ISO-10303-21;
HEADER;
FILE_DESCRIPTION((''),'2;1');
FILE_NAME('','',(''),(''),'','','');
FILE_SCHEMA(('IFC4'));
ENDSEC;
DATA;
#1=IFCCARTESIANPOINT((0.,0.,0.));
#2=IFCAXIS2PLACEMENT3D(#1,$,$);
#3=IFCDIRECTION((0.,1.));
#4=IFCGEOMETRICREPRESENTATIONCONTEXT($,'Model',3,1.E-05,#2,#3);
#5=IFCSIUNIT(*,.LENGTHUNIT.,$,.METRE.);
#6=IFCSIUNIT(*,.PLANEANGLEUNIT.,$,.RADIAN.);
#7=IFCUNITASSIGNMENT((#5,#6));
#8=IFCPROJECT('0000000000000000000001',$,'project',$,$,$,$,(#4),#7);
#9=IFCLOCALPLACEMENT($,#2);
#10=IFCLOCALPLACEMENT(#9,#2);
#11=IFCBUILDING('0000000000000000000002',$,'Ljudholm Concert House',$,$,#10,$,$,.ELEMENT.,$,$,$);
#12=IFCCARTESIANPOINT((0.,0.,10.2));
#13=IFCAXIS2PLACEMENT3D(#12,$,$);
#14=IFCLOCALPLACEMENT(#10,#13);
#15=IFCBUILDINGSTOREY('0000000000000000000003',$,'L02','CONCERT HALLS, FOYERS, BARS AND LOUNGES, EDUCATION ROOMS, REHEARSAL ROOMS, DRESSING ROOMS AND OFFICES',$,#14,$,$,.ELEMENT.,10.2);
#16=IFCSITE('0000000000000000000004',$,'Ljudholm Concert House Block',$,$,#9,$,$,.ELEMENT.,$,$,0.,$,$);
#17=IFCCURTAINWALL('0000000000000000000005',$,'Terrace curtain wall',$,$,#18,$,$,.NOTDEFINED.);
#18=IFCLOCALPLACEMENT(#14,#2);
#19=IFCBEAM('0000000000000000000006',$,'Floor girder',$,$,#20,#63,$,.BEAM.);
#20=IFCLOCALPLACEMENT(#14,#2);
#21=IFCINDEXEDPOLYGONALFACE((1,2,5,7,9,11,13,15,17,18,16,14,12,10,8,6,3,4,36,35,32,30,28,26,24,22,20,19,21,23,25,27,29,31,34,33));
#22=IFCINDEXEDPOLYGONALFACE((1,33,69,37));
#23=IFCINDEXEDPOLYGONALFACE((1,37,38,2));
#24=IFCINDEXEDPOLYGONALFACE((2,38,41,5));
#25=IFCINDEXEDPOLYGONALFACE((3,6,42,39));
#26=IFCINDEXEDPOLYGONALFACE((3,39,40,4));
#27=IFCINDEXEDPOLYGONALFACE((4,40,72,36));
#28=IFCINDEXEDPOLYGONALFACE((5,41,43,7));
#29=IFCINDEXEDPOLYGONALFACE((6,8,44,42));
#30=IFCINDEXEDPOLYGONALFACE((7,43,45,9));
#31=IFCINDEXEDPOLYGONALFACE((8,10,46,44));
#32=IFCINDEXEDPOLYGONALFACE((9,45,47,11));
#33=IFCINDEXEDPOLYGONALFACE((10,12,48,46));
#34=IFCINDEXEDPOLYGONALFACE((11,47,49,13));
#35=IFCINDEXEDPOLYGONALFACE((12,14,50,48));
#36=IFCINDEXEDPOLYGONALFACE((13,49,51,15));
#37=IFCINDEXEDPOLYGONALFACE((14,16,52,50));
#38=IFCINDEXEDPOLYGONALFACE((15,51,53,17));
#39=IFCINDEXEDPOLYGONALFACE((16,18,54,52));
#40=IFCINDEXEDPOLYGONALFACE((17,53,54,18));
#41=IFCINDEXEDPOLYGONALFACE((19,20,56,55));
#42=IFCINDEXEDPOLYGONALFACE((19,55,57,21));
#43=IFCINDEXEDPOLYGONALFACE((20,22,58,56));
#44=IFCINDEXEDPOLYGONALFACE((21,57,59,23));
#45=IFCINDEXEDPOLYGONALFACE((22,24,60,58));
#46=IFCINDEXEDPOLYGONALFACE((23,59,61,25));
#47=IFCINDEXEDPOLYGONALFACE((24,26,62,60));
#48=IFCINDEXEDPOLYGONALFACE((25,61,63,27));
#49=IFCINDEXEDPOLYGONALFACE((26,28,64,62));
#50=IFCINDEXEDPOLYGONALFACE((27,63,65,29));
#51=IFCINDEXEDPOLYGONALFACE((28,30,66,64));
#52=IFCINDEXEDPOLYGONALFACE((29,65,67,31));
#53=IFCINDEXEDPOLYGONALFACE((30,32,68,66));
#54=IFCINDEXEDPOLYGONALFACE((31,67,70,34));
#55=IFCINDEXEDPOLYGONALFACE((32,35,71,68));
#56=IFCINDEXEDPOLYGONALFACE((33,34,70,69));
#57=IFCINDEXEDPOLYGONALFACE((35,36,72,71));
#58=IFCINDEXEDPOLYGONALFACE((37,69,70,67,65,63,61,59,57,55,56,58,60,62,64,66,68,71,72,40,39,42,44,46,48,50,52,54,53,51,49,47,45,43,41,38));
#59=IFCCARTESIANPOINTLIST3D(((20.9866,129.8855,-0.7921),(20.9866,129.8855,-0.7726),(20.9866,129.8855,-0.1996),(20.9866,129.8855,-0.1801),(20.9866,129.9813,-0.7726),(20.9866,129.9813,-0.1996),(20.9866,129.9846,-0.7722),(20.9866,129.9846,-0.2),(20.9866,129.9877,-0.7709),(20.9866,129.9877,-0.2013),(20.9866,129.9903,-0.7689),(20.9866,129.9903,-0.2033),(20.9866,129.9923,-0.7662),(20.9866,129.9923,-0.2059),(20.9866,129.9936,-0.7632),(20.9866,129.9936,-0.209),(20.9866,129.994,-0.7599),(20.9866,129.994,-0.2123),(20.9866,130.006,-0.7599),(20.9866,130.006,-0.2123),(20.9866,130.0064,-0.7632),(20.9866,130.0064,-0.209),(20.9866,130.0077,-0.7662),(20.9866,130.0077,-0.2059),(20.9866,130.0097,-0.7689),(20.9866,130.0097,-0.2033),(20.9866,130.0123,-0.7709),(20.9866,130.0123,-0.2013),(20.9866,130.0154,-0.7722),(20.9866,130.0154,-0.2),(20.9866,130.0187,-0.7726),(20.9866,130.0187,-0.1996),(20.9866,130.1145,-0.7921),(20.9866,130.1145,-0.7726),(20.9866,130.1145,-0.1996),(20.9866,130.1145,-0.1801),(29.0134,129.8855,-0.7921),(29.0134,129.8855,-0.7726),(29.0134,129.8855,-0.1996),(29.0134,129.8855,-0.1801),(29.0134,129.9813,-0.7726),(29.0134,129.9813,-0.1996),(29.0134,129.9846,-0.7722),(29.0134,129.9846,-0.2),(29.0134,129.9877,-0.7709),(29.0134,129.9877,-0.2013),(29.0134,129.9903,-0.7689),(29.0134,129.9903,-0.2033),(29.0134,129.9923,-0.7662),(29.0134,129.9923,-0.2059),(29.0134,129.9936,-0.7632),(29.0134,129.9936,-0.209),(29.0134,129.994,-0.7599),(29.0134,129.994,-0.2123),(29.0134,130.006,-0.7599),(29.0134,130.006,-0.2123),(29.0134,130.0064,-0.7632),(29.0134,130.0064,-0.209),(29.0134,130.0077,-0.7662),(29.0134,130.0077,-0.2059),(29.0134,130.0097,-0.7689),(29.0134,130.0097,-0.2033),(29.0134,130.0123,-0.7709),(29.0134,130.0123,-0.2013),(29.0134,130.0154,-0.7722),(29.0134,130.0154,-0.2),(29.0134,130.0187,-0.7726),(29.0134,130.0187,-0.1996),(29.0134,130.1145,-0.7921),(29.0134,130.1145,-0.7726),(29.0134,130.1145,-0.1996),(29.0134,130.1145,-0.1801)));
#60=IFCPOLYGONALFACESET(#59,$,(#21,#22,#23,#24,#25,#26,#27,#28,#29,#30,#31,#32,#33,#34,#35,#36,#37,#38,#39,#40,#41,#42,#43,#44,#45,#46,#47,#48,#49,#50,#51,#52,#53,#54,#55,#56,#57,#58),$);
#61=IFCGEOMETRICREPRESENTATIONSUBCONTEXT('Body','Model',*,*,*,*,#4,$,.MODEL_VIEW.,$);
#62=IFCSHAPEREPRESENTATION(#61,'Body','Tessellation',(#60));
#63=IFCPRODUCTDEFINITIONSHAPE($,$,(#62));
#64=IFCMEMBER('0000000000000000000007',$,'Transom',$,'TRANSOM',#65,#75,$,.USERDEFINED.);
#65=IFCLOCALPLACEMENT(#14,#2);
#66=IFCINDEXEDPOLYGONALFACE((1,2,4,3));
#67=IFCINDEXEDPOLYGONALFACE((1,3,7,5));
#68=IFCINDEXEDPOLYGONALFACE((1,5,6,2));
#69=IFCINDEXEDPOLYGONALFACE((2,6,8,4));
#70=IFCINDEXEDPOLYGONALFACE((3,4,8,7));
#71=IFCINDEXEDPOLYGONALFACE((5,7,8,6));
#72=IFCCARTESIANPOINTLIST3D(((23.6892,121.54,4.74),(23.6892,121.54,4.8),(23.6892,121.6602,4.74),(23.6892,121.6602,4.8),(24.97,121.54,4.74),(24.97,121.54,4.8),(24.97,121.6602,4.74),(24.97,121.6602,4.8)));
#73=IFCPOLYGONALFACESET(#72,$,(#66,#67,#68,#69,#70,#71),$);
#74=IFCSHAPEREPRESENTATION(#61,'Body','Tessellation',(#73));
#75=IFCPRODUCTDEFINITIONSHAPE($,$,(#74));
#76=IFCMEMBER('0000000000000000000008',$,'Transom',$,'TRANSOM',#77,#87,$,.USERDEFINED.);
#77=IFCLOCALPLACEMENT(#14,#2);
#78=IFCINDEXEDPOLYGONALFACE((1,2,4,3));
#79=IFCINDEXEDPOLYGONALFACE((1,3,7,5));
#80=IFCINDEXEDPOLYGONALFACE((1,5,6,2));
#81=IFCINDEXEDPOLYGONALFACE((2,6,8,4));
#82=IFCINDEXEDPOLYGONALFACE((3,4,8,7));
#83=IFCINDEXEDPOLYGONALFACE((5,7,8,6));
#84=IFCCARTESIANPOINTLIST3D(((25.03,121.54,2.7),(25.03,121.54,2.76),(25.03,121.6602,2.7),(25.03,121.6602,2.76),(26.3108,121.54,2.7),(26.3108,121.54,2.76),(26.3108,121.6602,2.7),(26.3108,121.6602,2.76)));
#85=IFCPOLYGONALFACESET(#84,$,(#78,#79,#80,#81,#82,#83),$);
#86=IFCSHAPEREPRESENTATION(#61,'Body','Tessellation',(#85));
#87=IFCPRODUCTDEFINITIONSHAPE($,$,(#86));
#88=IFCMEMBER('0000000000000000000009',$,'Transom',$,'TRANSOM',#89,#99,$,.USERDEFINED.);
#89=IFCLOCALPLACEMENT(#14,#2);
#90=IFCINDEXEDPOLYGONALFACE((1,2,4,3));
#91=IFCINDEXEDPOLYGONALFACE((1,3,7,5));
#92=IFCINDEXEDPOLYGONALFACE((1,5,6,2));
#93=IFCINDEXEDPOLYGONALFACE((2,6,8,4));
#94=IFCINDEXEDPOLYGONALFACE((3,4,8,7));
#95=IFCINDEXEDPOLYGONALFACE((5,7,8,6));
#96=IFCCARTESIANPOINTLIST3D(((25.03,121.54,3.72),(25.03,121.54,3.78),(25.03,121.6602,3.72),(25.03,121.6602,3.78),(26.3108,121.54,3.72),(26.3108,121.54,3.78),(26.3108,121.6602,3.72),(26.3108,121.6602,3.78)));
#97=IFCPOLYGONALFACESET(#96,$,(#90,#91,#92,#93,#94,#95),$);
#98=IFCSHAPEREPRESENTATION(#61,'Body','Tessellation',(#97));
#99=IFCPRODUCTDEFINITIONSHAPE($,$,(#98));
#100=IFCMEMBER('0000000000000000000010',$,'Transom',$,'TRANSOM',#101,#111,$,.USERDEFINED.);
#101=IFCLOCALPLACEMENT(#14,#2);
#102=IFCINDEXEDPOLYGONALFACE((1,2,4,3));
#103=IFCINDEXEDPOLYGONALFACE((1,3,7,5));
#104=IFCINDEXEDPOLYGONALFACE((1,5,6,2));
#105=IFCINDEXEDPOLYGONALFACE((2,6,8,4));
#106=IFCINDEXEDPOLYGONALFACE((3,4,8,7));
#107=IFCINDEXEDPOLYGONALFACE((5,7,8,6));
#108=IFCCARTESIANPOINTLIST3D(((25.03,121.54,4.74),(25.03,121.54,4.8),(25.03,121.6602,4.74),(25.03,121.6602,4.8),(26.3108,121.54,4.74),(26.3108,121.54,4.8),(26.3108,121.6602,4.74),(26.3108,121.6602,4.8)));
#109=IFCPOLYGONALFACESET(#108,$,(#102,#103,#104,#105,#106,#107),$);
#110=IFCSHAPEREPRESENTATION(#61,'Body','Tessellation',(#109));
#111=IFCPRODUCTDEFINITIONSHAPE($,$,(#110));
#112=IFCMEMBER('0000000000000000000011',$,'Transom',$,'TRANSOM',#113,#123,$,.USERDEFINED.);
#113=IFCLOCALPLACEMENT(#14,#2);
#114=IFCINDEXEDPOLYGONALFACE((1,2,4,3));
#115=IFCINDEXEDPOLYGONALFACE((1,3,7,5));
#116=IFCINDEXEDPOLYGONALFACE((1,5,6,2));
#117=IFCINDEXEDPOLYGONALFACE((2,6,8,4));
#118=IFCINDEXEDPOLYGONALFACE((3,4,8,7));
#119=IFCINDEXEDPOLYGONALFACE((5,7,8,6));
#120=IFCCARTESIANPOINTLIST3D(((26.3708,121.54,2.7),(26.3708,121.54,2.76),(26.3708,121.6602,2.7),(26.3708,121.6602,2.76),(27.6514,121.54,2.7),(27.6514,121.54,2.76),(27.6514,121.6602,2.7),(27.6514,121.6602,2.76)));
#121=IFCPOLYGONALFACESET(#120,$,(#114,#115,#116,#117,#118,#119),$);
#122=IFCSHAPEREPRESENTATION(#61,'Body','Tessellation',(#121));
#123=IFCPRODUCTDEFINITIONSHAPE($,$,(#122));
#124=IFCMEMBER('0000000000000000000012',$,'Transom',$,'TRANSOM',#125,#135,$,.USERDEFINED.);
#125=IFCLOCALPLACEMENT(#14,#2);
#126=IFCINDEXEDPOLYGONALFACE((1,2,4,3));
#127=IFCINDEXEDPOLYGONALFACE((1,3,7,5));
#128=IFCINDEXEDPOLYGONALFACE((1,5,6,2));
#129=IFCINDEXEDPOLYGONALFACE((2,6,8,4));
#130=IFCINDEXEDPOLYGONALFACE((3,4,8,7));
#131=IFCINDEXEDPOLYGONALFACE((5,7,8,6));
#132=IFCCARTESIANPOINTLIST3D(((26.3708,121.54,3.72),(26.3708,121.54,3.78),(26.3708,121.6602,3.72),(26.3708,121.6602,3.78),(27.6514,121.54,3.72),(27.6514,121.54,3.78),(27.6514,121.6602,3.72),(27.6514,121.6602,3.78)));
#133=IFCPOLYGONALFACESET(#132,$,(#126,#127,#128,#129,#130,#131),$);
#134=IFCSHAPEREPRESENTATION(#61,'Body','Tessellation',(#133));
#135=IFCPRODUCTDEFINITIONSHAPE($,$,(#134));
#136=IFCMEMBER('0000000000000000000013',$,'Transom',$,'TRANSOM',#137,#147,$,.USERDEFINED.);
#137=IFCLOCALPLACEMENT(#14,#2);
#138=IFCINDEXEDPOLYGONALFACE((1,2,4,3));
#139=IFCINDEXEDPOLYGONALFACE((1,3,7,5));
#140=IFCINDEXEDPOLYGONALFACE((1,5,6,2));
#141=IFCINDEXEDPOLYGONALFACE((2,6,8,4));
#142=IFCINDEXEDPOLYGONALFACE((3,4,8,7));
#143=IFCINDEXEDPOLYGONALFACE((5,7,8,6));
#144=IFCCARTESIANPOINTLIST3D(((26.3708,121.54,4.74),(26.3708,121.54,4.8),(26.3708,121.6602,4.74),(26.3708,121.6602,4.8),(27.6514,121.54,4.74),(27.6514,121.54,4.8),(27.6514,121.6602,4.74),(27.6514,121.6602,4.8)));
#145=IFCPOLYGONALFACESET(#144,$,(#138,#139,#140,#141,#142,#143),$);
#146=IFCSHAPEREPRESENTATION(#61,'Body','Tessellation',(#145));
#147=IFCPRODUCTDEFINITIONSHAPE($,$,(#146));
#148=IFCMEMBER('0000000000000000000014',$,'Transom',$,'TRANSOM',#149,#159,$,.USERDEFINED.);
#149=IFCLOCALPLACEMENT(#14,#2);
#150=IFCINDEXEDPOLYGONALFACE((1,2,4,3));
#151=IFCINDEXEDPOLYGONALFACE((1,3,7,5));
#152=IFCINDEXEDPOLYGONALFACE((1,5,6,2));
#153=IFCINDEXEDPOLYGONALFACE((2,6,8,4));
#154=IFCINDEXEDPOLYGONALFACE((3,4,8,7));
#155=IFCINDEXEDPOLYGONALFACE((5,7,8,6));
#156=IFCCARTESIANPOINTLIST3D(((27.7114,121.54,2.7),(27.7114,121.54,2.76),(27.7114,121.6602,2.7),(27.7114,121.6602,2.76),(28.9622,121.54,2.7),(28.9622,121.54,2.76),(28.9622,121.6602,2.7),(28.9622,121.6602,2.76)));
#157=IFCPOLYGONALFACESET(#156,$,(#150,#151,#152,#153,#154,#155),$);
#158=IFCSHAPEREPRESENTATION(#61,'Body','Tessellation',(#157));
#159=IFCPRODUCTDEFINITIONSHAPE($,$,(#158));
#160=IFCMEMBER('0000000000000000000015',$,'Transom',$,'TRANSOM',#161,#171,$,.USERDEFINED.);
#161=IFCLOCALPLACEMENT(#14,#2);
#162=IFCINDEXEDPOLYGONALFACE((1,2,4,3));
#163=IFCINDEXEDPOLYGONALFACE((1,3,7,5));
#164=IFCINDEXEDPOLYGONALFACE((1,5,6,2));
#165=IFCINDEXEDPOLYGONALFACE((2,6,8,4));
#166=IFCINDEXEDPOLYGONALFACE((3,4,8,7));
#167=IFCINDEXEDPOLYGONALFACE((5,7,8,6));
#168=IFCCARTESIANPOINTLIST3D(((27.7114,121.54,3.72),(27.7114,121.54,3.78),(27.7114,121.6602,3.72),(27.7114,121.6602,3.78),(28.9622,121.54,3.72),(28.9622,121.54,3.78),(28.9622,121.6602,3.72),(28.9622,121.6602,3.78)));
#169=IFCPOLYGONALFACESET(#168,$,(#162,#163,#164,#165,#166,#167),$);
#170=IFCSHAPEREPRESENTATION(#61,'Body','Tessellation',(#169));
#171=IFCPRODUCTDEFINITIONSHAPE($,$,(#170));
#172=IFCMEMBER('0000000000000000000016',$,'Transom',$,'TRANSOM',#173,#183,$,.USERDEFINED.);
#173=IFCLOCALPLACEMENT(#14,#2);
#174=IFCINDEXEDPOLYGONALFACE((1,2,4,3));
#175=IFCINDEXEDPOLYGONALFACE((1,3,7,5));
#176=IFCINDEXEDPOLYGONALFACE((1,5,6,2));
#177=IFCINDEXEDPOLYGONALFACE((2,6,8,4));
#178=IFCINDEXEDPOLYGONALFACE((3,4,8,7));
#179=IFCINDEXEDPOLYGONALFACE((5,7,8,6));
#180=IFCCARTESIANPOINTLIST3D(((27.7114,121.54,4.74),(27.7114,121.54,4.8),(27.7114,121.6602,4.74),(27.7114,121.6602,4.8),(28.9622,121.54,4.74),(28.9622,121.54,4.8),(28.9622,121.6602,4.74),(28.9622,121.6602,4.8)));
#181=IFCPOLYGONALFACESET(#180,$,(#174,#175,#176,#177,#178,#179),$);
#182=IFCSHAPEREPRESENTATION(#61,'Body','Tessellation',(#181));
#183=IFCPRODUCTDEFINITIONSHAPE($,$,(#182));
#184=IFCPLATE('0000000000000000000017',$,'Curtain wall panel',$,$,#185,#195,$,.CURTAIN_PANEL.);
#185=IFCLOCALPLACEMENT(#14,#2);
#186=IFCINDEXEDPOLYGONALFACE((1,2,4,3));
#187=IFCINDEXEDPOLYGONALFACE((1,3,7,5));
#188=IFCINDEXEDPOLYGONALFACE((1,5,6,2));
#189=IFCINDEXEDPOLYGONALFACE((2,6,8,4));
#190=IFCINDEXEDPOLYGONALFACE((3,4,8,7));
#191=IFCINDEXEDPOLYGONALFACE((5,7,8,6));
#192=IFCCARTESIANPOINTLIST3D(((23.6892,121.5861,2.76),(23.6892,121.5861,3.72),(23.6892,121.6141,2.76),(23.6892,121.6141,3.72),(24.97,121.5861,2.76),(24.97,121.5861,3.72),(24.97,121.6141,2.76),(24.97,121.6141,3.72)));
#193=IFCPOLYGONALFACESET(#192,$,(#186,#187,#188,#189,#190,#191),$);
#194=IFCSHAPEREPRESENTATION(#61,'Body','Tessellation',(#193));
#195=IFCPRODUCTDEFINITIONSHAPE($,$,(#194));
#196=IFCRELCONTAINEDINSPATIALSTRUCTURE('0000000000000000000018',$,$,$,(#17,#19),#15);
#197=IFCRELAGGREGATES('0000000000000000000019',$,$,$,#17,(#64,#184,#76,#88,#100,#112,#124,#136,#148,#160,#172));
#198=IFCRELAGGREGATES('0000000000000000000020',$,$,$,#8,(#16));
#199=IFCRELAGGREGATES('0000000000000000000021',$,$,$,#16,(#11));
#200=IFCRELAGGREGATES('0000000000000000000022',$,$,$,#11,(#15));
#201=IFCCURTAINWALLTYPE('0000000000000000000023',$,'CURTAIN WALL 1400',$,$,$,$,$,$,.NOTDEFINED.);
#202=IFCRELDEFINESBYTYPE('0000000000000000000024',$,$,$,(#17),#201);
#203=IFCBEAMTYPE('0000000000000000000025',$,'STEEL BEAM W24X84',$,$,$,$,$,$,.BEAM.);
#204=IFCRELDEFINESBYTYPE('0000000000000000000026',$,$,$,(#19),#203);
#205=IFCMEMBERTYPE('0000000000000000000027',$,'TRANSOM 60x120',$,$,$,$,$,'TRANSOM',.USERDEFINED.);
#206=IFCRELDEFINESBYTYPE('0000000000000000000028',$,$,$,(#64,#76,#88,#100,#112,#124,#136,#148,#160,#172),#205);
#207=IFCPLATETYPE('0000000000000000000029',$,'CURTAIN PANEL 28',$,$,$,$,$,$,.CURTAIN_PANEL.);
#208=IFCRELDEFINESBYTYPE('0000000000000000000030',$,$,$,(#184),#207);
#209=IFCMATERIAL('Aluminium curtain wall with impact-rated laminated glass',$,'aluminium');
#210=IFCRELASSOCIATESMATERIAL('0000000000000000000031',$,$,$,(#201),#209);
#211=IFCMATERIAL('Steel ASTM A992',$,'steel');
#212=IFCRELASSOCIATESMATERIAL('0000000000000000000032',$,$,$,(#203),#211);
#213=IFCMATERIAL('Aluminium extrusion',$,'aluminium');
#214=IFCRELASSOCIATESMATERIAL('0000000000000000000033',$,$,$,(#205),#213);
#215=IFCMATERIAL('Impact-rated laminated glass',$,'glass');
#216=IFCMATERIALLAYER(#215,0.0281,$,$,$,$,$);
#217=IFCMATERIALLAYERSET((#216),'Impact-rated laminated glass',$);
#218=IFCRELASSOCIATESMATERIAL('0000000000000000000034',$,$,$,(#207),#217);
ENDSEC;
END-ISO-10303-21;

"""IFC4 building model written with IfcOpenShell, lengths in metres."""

from ifc_helpers import new_model, si_unit, direction, frame, origin, origin_2d, place, context, subcontext, project, spatial, rectangle, i_section, extrude, material, layer, layer_set, material_profile, profile_set, type_object, element, aggregate, save


model = new_model("IFC4")

# Units and contexts
model_context = context("Model", 3, precision=1e-05, world=origin(), true_north=direction((0.0, 1.0)))
body_context = subcontext(model_context, "Body", "Model", "MODEL_VIEW")
ifc_project = project(units=[si_unit("LENGTHUNIT", "METRE"), si_unit("PLANEANGLEUNIT", "RADIAN")], contexts=[model_context])

# Site, building, storey
site_placement = place(None, origin())
site = spatial("IfcSite", under=ifc_project, at=site_placement, Name="Ljudholm Concert House Block", CompositionType="ELEMENT", RefElevation=0.0)
building_placement = place(site_placement, origin())
building = spatial("IfcBuilding", under=site, at=building_placement, Name="Ljudholm Concert House", CompositionType="ELEMENT")
storey_placement = place(building_placement, frame((0.0, 0.0, 10.2)))
storey = spatial("IfcBuildingStorey", under=building, at=storey_placement, Name="L02", Description="CONCERT HALLS, FOYERS, BARS AND LOUNGES, EDUCATION ROOMS, REHEARSAL ROOMS, DRESSING ROOMS AND OFFICES", CompositionType="ELEMENT", Elevation=10.2)

# Curtain wall
ifc_material_1 = material(Name="Aluminium curtain wall with impact-rated laminated glass", Category="aluminium")
curtain_wall_type = type_object("IfcCurtainWallType", Name="CURTAIN WALL 1400", PredefinedType="NOTDEFINED", material=ifc_material_1)
curtain_wall_placement = place(storey_placement, origin())
curtain_wall = element("IfcCurtainWall", 1, at=curtain_wall_placement, inside=storey, type_object=curtain_wall_type, Name="Terrace curtain wall", PredefinedType="NOTDEFINED")

# Beam
ifc_material_2 = material(Name="Steel ASTM A992", Category="steel")
ifc_material_profile_1 = material_profile(ifc_material_2, i_section(OverallWidth=0.229, OverallDepth=0.6121, WebThickness=0.012, FlangeThickness=0.0195, FilletRadius=0.0127, at=origin_2d()), Name="W24X84")
ifc_profile_set_1 = profile_set([ifc_material_profile_1], Name="Steel ASTM A992")
beam_type_1 = type_object("IfcBeamType", Name="STEEL BEAM W24X84", PredefinedType="BEAM", material=ifc_profile_set_1)
beam_1_placement = place(storey_placement, frame((20.9866, 130.0, -0.4861), z_axis=(1.0, 0.0, 0.0), x_axis=(0.0, 1.0, 0.0)))
element("IfcBeam", 2, at=beam_1_placement, inside=storey, type_object=beam_type_1, Name="Floor girder", PredefinedType="BEAM", context=body_context, shape_type="SweptSolid", body=[
    extrude(i_section(OverallWidth=0.229, OverallDepth=0.6121, WebThickness=0.012, FlangeThickness=0.0195, FilletRadius=0.0127, at=origin_2d()), origin(), (0.0, 0.0, 1.0), 8.0269),
])

# Members
ifc_material_3 = material(Name="Aluminium extrusion", Category="aluminium")
ifc_material_profile_2 = material_profile(ifc_material_3, rectangle(XDim=0.1201, YDim=0.0601, at=origin_2d()), Name="TRANSOM 60x120")
ifc_profile_set_2 = profile_set([ifc_material_profile_2], Name="Aluminium extrusion")
member_type_1 = type_object("IfcMemberType", Name="TRANSOM 60x120", ElementType="TRANSOM", PredefinedType="USERDEFINED", material=ifc_profile_set_2)
member_1_placement = place(storey_placement, frame((23.6892, 121.6001, 4.77), z_axis=(1.0, 0.0, 0.0), x_axis=(0.0, 1.0, 0.0)))
member_1 = element("IfcMember", 3, at=member_1_placement, type_object=member_type_1, Name="Transom", ObjectType="TRANSOM", PredefinedType="USERDEFINED", context=body_context, shape_type="SweptSolid", body=[
    extrude(rectangle(XDim=0.1201, YDim=0.0601, at=origin_2d()), origin(), (0.0, 0.0, 1.0), 1.2808),
])
member_2_placement = place(storey_placement, frame((25.03, 121.6001, 2.73), z_axis=(1.0, 0.0, 0.0), x_axis=(0.0, 1.0, 0.0)))
member_2 = element("IfcMember", 4, at=member_2_placement, type_object=member_type_1, Name="Transom", ObjectType="TRANSOM", PredefinedType="USERDEFINED", context=body_context, shape_type="SweptSolid", body=[
    extrude(rectangle(XDim=0.1201, YDim=0.0601, at=origin_2d()), origin(), (0.0, 0.0, 1.0), 1.2808),
])
member_3_placement = place(storey_placement, frame((25.03, 121.6001, 3.75), z_axis=(1.0, 0.0, 0.0), x_axis=(0.0, 1.0, 0.0)))
member_3 = element("IfcMember", 5, at=member_3_placement, type_object=member_type_1, Name="Transom", ObjectType="TRANSOM", PredefinedType="USERDEFINED", context=body_context, shape_type="SweptSolid", body=[
    extrude(rectangle(XDim=0.1201, YDim=0.0601, at=origin_2d()), origin(), (0.0, 0.0, 1.0), 1.2808),
])
member_4_placement = place(storey_placement, frame((25.03, 121.6001, 4.77), z_axis=(1.0, 0.0, 0.0), x_axis=(0.0, 1.0, 0.0)))
member_4 = element("IfcMember", 6, at=member_4_placement, type_object=member_type_1, Name="Transom", ObjectType="TRANSOM", PredefinedType="USERDEFINED", context=body_context, shape_type="SweptSolid", body=[
    extrude(rectangle(XDim=0.1201, YDim=0.0601, at=origin_2d()), origin(), (0.0, 0.0, 1.0), 1.2808),
])
member_5_placement = place(storey_placement, frame((26.3708, 121.6001, 2.73), z_axis=(1.0, 0.0, 0.0), x_axis=(0.0, 1.0, 0.0)))
member_5 = element("IfcMember", 7, at=member_5_placement, type_object=member_type_1, Name="Transom", ObjectType="TRANSOM", PredefinedType="USERDEFINED", context=body_context, shape_type="SweptSolid", body=[
    extrude(rectangle(XDim=0.1201, YDim=0.0601, at=origin_2d()), origin(), (0.0, 0.0, 1.0), 1.2805),
])
member_6_placement = place(storey_placement, frame((26.3708, 121.6001, 3.75), z_axis=(1.0, 0.0, 0.0), x_axis=(0.0, 1.0, 0.0)))
member_6 = element("IfcMember", 8, at=member_6_placement, type_object=member_type_1, Name="Transom", ObjectType="TRANSOM", PredefinedType="USERDEFINED", context=body_context, shape_type="SweptSolid", body=[
    extrude(rectangle(XDim=0.1201, YDim=0.0601, at=origin_2d()), origin(), (0.0, 0.0, 1.0), 1.2805),
])
member_7_placement = place(storey_placement, frame((26.3708, 121.6001, 4.77), z_axis=(1.0, 0.0, 0.0), x_axis=(0.0, 1.0, 0.0)))
member_7 = element("IfcMember", 9, at=member_7_placement, type_object=member_type_1, Name="Transom", ObjectType="TRANSOM", PredefinedType="USERDEFINED", context=body_context, shape_type="SweptSolid", body=[
    extrude(rectangle(XDim=0.1201, YDim=0.0601, at=origin_2d()), origin(), (0.0, 0.0, 1.0), 1.2805),
])
member_8_placement = place(storey_placement, frame((27.7114, 121.6001, 2.73), z_axis=(1.0, 0.0, 0.0), x_axis=(0.0, 1.0, 0.0)))
member_8 = element("IfcMember", 10, at=member_8_placement, type_object=member_type_1, Name="Transom", ObjectType="TRANSOM", PredefinedType="USERDEFINED", context=body_context, shape_type="SweptSolid", body=[
    extrude(rectangle(XDim=0.1201, YDim=0.0601, at=origin_2d()), origin(), (0.0, 0.0, 1.0), 1.2507),
])
member_9_placement = place(storey_placement, frame((27.7114, 121.6001, 3.75), z_axis=(1.0, 0.0, 0.0), x_axis=(0.0, 1.0, 0.0)))
member_9 = element("IfcMember", 11, at=member_9_placement, type_object=member_type_1, Name="Transom", ObjectType="TRANSOM", PredefinedType="USERDEFINED", context=body_context, shape_type="SweptSolid", body=[
    extrude(rectangle(XDim=0.1201, YDim=0.0601, at=origin_2d()), origin(), (0.0, 0.0, 1.0), 1.2507),
])
member_10_placement = place(storey_placement, frame((27.7114, 121.6001, 4.77), z_axis=(1.0, 0.0, 0.0), x_axis=(0.0, 1.0, 0.0)))
member_10 = element("IfcMember", 12, at=member_10_placement, type_object=member_type_1, Name="Transom", ObjectType="TRANSOM", PredefinedType="USERDEFINED", context=body_context, shape_type="SweptSolid", body=[
    extrude(rectangle(XDim=0.1201, YDim=0.0601, at=origin_2d()), origin(), (0.0, 0.0, 1.0), 1.2507),
])

# Plate
ifc_material_4 = material(Name="Impact-rated laminated glass", Category="glass")
ifc_layer = layer(ifc_material_4, 0.0281)
ifc_layer_set = layer_set([ifc_layer], Name="Impact-rated laminated glass")
plate_type = type_object("IfcPlateType", Name="CURTAIN PANEL 28", PredefinedType="CURTAIN_PANEL", material=ifc_layer_set)
plate_1_placement = place(storey_placement, frame((24.3296, 121.6001, 2.76), z_axis=(0.0, 0.0, 1.0), x_axis=(1.0, 0.0, 0.0)))
plate_1 = element("IfcPlate", 13, at=plate_1_placement, type_object=plate_type, Name="Curtain wall panel", PredefinedType="CURTAIN_PANEL", context=body_context, shape_type="SweptSolid", body=[
    extrude(rectangle(XDim=1.2808, YDim=0.0281, at=origin_2d()), origin(), (0.0, 0.0, 1.0), 0.96),
])
aggregate(curtain_wall, [member_1, plate_1, member_2, member_3, member_4, member_5, member_6, member_7, member_8, member_9, member_10])

save(model, "model.ifc")
